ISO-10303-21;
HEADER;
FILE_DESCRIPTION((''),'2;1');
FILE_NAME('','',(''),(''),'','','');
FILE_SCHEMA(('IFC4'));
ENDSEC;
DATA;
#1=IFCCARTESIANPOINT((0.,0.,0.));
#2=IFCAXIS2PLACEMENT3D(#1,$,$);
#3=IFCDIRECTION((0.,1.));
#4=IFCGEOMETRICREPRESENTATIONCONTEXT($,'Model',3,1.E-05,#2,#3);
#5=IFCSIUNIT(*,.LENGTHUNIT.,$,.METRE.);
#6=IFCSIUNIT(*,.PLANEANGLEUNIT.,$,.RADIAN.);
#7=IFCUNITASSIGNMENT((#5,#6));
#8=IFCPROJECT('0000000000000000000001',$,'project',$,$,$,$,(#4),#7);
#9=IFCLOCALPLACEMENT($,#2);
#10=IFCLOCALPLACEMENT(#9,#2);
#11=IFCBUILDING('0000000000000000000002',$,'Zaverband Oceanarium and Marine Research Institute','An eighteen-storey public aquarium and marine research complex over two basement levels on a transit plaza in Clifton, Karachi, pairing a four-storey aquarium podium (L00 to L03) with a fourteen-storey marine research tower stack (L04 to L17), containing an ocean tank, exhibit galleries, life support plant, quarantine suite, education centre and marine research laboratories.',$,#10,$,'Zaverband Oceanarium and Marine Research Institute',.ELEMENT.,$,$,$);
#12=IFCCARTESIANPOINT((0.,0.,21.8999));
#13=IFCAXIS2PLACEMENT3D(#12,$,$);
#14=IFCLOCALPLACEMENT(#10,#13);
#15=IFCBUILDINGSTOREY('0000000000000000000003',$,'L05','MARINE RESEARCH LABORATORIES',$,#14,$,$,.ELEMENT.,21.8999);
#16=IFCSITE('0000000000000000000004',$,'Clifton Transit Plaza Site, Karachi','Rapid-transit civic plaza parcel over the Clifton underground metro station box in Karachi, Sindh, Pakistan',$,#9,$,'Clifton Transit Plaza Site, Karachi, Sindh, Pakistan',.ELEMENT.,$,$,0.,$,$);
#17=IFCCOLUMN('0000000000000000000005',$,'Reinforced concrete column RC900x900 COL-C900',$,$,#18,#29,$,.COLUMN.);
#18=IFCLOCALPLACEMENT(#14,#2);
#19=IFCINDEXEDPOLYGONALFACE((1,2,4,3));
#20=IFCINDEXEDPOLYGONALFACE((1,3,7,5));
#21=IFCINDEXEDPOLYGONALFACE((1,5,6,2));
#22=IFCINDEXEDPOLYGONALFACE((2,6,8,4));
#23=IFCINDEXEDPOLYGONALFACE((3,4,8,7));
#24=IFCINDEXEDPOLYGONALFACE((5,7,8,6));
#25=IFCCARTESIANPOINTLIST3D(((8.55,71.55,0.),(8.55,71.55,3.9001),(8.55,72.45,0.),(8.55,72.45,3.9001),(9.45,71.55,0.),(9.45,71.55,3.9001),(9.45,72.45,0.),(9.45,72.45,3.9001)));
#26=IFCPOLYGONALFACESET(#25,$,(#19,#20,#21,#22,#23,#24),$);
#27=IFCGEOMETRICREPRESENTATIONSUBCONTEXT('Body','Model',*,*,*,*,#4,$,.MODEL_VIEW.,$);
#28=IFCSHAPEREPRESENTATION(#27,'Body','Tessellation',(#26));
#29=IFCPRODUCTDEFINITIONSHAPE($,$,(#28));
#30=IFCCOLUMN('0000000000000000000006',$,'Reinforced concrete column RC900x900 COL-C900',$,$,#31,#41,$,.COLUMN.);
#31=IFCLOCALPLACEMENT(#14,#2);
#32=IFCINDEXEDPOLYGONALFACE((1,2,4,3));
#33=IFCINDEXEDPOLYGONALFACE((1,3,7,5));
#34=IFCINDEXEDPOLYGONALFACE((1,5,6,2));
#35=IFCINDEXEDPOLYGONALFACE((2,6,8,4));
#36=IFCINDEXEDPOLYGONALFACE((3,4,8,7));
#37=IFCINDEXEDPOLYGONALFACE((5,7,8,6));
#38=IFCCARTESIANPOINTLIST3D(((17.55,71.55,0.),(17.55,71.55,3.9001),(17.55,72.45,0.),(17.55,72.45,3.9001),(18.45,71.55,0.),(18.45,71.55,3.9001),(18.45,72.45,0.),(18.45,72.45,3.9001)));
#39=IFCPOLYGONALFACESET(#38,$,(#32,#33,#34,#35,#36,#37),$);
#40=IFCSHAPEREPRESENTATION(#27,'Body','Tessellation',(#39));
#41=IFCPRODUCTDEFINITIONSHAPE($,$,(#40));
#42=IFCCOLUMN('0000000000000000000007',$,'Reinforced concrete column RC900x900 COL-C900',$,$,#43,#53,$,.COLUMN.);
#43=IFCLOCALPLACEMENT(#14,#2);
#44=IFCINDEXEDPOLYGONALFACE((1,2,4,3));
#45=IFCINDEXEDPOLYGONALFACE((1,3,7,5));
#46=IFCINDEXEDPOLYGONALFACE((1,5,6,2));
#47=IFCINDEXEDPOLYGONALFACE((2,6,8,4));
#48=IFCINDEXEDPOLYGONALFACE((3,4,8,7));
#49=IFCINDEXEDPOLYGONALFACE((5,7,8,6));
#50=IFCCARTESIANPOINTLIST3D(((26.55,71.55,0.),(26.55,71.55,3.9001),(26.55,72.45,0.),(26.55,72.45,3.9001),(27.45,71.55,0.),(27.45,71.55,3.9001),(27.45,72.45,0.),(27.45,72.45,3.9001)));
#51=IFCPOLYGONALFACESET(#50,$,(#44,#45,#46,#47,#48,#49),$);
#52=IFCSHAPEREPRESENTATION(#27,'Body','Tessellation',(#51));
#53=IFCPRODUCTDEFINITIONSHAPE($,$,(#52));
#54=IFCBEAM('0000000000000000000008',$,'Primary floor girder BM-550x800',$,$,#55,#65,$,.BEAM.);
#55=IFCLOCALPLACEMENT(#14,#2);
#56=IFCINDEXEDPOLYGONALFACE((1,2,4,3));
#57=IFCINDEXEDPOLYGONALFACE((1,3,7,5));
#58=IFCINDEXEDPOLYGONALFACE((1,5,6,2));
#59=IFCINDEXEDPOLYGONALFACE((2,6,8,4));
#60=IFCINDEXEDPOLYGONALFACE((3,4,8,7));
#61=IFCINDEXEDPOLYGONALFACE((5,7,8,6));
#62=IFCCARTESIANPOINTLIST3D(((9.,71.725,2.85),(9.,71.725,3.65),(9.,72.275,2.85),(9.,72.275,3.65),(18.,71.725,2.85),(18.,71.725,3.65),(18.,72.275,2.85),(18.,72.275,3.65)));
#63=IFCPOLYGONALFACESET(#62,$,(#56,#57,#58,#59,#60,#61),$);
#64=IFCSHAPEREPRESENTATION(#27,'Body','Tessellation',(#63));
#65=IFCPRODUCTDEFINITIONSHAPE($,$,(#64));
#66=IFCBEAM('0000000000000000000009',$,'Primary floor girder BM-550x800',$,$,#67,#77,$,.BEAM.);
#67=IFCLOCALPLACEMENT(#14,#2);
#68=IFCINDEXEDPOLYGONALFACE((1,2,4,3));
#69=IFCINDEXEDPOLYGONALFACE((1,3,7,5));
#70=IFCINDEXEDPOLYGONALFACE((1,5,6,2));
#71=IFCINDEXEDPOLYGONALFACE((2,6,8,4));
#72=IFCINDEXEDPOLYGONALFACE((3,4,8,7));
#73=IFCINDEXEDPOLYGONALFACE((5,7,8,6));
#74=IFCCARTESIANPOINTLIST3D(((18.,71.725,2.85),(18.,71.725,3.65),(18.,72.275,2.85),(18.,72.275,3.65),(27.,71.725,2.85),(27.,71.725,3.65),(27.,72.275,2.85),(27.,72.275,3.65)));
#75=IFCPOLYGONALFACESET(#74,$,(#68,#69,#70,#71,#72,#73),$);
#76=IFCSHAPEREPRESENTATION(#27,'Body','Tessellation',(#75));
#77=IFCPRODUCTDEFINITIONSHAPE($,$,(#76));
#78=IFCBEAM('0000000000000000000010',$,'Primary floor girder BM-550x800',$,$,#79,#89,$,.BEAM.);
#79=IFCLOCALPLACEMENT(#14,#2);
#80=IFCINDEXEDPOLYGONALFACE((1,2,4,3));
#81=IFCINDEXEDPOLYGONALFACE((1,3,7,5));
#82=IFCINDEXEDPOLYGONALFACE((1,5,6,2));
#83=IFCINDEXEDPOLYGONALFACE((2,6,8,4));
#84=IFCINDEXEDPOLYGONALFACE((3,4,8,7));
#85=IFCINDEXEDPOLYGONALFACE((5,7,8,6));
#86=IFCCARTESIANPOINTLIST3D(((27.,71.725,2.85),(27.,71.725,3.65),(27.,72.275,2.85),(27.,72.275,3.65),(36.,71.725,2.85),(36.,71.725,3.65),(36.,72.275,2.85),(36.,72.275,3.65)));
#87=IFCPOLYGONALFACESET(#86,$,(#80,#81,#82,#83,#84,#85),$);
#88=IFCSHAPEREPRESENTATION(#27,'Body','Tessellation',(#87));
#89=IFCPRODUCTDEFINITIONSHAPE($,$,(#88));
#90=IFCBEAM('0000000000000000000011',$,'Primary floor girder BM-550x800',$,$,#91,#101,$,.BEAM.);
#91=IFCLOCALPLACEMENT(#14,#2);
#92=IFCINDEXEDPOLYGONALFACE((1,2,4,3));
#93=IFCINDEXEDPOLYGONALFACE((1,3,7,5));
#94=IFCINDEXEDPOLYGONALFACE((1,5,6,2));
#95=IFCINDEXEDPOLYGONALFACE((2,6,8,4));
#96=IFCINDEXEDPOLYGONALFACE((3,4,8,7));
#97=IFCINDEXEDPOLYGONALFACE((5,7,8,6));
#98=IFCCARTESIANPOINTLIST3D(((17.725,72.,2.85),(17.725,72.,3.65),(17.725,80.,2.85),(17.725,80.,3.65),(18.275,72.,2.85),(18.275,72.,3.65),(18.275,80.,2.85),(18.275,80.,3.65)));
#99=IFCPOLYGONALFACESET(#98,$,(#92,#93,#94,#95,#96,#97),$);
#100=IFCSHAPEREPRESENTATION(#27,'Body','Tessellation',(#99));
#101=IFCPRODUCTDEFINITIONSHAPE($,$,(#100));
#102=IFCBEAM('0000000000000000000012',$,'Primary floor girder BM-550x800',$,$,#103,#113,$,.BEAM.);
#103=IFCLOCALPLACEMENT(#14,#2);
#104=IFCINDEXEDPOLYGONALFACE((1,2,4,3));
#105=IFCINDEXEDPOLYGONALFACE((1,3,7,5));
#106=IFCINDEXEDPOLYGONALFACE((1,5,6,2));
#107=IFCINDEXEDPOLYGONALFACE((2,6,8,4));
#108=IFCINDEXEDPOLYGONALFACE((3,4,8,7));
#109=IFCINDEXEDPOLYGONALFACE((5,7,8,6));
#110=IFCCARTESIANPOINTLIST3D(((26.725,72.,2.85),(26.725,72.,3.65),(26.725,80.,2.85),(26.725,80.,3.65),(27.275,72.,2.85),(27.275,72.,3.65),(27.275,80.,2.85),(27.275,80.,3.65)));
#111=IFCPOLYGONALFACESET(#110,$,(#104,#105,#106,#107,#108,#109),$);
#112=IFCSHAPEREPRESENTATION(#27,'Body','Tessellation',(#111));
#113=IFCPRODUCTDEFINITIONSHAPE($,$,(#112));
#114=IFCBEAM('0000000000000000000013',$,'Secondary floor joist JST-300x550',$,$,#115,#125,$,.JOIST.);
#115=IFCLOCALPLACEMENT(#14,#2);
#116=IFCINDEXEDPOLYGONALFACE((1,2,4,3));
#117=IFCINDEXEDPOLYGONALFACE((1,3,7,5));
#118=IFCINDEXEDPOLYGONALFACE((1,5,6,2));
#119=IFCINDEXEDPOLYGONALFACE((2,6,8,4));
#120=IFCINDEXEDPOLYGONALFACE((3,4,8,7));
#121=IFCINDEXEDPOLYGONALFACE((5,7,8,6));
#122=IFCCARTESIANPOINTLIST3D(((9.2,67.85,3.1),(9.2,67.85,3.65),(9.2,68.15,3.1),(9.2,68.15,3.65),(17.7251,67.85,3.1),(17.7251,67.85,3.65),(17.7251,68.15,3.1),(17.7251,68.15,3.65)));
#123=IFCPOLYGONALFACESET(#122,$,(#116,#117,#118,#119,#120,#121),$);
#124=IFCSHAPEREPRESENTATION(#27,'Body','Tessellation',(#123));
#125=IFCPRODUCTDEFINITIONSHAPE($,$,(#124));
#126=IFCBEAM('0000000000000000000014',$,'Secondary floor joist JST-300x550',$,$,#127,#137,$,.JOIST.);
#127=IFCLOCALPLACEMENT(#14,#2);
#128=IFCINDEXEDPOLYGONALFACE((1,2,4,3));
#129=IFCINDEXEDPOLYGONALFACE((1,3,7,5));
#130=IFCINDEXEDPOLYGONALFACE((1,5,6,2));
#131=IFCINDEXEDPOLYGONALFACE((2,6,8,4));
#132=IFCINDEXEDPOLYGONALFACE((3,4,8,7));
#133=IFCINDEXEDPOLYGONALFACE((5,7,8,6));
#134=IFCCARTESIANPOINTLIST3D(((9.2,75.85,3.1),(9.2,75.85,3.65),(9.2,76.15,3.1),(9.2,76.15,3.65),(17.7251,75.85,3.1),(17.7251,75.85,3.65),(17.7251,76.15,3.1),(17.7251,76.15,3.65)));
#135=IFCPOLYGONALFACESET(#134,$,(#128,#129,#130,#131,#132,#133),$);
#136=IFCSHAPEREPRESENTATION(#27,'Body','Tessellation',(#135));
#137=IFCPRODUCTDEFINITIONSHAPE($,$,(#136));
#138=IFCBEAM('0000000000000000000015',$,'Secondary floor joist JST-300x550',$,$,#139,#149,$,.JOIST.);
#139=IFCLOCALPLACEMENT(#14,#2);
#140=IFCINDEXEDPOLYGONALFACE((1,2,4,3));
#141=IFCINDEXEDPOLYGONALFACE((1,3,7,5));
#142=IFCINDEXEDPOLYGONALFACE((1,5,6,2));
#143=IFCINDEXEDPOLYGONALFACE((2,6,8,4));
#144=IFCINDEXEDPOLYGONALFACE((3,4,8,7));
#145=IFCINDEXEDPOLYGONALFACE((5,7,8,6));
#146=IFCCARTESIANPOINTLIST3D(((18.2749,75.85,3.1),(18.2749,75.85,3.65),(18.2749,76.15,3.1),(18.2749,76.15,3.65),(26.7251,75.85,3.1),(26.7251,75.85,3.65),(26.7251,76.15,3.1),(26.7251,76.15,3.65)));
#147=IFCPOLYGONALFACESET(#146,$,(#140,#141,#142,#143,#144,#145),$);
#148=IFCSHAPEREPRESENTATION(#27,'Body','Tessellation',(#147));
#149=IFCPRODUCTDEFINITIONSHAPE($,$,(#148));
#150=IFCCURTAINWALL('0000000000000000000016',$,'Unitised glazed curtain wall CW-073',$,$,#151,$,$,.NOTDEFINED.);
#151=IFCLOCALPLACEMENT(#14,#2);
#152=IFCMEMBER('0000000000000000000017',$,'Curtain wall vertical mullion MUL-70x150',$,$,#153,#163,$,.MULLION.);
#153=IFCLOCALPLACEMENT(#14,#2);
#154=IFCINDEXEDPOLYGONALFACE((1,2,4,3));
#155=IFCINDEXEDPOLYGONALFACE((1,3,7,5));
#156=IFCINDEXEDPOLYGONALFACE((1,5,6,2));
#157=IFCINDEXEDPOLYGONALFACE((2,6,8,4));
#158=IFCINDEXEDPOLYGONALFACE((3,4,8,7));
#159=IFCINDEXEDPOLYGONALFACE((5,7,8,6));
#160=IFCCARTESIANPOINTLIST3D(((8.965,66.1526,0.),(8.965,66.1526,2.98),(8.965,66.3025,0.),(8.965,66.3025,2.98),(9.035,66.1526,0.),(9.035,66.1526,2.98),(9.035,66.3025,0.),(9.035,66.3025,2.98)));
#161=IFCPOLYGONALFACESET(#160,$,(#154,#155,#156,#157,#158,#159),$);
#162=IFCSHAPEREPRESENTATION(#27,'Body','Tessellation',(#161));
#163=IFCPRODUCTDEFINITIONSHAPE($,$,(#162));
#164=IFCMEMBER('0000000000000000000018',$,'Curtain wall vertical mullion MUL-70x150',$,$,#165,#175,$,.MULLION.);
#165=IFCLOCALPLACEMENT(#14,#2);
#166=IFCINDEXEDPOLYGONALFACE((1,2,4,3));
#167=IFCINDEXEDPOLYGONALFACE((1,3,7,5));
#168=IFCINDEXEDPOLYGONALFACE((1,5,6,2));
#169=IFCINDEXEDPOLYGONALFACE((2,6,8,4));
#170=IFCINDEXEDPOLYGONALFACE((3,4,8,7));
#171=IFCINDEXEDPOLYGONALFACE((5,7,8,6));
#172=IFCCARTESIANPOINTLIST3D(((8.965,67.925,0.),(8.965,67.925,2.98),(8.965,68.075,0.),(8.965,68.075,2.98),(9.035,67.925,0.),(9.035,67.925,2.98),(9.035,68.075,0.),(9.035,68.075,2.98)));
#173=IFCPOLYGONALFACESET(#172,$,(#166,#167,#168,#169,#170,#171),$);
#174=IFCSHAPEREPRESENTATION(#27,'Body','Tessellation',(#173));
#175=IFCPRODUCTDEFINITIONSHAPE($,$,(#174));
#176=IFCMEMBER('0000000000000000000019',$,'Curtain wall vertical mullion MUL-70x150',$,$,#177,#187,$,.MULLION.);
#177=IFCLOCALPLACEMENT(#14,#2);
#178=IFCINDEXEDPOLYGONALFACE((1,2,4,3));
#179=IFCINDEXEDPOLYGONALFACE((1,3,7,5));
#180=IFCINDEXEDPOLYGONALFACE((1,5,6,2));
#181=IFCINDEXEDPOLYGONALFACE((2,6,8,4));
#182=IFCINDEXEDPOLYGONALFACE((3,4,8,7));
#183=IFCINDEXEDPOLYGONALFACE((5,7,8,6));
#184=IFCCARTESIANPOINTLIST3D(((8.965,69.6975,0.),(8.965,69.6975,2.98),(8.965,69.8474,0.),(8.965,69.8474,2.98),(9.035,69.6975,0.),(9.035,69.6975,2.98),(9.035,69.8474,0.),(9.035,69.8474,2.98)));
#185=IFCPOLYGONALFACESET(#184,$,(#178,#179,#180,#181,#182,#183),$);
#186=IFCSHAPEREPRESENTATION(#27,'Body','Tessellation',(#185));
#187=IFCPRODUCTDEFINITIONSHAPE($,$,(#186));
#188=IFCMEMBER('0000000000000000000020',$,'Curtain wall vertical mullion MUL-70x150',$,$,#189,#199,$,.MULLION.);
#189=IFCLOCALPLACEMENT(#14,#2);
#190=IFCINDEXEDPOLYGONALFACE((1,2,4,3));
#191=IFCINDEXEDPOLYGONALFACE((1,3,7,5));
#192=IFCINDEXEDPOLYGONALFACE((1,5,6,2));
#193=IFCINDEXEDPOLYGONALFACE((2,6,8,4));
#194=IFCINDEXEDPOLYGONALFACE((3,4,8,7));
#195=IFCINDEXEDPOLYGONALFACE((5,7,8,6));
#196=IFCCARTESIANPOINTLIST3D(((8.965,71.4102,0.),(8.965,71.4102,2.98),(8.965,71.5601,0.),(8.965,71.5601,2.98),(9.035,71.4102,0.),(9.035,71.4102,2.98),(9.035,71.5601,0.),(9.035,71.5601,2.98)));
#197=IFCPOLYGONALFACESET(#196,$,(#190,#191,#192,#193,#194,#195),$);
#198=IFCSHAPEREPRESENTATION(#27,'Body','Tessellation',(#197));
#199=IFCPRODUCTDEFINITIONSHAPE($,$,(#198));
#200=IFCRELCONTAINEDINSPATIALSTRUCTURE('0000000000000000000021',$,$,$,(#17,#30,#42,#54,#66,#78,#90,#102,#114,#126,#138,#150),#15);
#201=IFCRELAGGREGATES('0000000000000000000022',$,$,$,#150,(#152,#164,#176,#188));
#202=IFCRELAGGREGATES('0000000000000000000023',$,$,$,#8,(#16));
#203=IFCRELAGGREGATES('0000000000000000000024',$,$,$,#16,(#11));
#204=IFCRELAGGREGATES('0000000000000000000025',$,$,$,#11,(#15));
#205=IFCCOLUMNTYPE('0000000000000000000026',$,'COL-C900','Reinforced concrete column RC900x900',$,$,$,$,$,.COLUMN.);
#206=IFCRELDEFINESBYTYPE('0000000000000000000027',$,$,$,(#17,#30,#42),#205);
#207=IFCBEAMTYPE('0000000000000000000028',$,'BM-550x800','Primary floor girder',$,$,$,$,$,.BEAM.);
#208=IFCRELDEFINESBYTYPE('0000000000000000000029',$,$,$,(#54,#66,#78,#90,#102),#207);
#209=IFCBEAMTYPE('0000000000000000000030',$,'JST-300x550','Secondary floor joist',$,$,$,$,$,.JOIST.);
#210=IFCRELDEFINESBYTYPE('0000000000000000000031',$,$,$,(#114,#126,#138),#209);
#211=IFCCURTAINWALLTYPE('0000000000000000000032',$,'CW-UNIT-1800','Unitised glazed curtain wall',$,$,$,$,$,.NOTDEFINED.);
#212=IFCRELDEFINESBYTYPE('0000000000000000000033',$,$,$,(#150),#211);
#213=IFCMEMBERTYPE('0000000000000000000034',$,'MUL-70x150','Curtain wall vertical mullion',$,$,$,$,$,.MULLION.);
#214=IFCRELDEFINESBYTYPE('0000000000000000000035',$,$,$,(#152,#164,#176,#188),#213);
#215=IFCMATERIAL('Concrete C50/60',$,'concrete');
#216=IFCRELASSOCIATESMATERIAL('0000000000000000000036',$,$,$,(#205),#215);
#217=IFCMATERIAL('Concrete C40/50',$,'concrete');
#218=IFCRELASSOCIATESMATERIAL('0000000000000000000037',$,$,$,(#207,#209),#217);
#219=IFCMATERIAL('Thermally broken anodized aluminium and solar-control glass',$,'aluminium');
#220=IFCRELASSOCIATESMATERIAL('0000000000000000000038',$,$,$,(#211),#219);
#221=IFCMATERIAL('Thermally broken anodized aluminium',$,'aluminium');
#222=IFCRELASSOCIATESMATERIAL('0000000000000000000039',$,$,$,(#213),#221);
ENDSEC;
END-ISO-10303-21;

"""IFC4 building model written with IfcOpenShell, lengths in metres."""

from ifc_helpers import new_model, si_unit, direction, frame, origin, origin_2d, place, context, subcontext, project, spatial, rectangle, extrude, material, material_profile, profile_set, type_object, element, aggregate, save


model = new_model("IFC4")

# Units and contexts
model_context = context("Model", 3, precision=1e-05, world=origin(), true_north=direction((0.0, 1.0)))
body_context = subcontext(model_context, "Body", "Model", "MODEL_VIEW")
ifc_project = project(units=[si_unit("LENGTHUNIT", "METRE"), si_unit("PLANEANGLEUNIT", "RADIAN")], contexts=[model_context])

# Site, building, storey
site_placement = place(None, origin())
site = spatial("IfcSite", under=ifc_project, at=site_placement, Name="Clifton Transit Plaza Site, Karachi", Description="Rapid-transit civic plaza parcel over the Clifton underground metro station box in Karachi, Sindh, Pakistan", LongName="Clifton Transit Plaza Site, Karachi, Sindh, Pakistan", CompositionType="ELEMENT", RefElevation=0.0)
building_placement = place(site_placement, origin())
building = spatial("IfcBuilding", under=site, at=building_placement, Name="Zaverband Oceanarium and Marine Research Institute", Description="An eighteen-storey public aquarium and marine research complex over two basement levels on a transit plaza in Clifton, Karachi, pairing a four-storey aquarium podium (L00 to L03) with a fourteen-storey marine research tower stack (L04 to L17), containing an ocean tank, exhibit galleries, life support plant, quarantine suite, education centre and marine research laboratories.", LongName="Zaverband Oceanarium and Marine Research Institute", CompositionType="ELEMENT")
storey_placement = place(building_placement, frame((0.0, 0.0, 21.8999)))
storey = spatial("IfcBuildingStorey", under=building, at=storey_placement, Name="L05", Description="MARINE RESEARCH LABORATORIES", CompositionType="ELEMENT", Elevation=21.8999)

# Columns
ifc_material_1 = material(Name="Concrete C50/60", Category="concrete")
ifc_material_profile_1 = material_profile(ifc_material_1, rectangle(XDim=0.8999, YDim=0.8999, at=origin_2d()), Name="RC900x900")
ifc_profile_set_1 = profile_set([ifc_material_profile_1], Name="Concrete C50/60")
column_type = type_object("IfcColumnType", Name="COL-C900", Description="Reinforced concrete column RC900x900", PredefinedType="COLUMN", material=ifc_profile_set_1)
for number, where, z_axis, x_axis, name in (
    (1, (9.0, 72.0, 0.0), (0.0, 0.0, 1.0), (1.0, 0.0, 0.0), "Reinforced concrete column RC900x900 COL-C900"),
    (2, (18.0, 72.0, 0.0), (0.0, 0.0, 1.0), (1.0, 0.0, 0.0), "Reinforced concrete column RC900x900 COL-C900"),
    (3, (27.0, 72.0, 0.0), (0.0, 0.0, 1.0), (1.0, 0.0, 0.0), "Reinforced concrete column RC900x900 COL-C900"),
):
    element("IfcColumn", number, at=place(storey_placement, frame(where, z_axis=z_axis, x_axis=x_axis)), inside=storey, type_object=column_type, Name=name, PredefinedType="COLUMN", context=body_context, shape_type="SweptSolid", body=[
        extrude(rectangle(XDim=0.8999, YDim=0.8999, at=origin_2d()), origin(), (0.0, 0.0, 1.0), 3.9001),
    ])

# Beams
ifc_material_2 = material(Name="Concrete C40/50", Category="concrete")
ifc_material_profile_2 = material_profile(ifc_material_2, rectangle(XDim=0.55, YDim=0.8, at=origin_2d()), Name="RC550x800")
ifc_profile_set_2 = profile_set([ifc_material_profile_2], Name="Concrete C40/50")
beam_type_1 = type_object("IfcBeamType", Name="BM-550x800", Description="Primary floor girder", PredefinedType="BEAM", material=ifc_profile_set_2)
for number, where, z_axis, x_axis, name in (
    (4, (9.0, 72.0, 3.25), (1.0, 0.0, 0.0), (0.0, 1.0, 0.0), "Primary floor girder BM-550x800"),
    (5, (18.0, 72.0, 3.25), (1.0, 0.0, 0.0), (0.0, 1.0, 0.0), "Primary floor girder BM-550x800"),
    (6, (27.0, 72.0, 3.25), (1.0, 0.0, 0.0), (0.0, 1.0, 0.0), "Primary floor girder BM-550x800"),
):
    element("IfcBeam", number, at=place(storey_placement, frame(where, z_axis=z_axis, x_axis=x_axis)), inside=storey, type_object=beam_type_1, Name=name, PredefinedType="BEAM", context=body_context, shape_type="SweptSolid", body=[
        extrude(rectangle(XDim=0.55, YDim=0.8, at=origin_2d()), origin(), (0.0, 0.0, 1.0), 9.0),
    ])
for number, where, z_axis, x_axis, name in (
    (7, (18.0, 72.0, 3.25), (0.0, 1.0, 0.0), (-1.0, 0.0, 0.0), "Primary floor girder BM-550x800"),
    (8, (27.0, 72.0, 3.25), (0.0, 1.0, 0.0), (-1.0, 0.0, 0.0), "Primary floor girder BM-550x800"),
):
    element("IfcBeam", number, at=place(storey_placement, frame(where, z_axis=z_axis, x_axis=x_axis)), inside=storey, type_object=beam_type_1, Name=name, PredefinedType="BEAM", context=body_context, shape_type="SweptSolid", body=[
        extrude(rectangle(XDim=0.55, YDim=0.8, at=origin_2d()), origin(), (0.0, 0.0, 1.0), 8.0),
    ])
ifc_material_profile_3 = material_profile(ifc_material_2, rectangle(XDim=0.3, YDim=0.55, at=origin_2d()), Name="RC300x550")
ifc_profile_set_3 = profile_set([ifc_material_profile_3], Name="Concrete C40/50")
beam_type_2 = type_object("IfcBeamType", Name="JST-300x550", Description="Secondary floor joist", PredefinedType="JOIST", material=ifc_profile_set_3)
for number, where, z_axis, x_axis, name in (
    (9, (9.2, 68.0, 3.375), (1.0, 0.0, 0.0), (0.0, 1.0, 0.0), "Secondary floor joist JST-300x550"),
    (10, (9.2, 76.0, 3.375), (1.0, 0.0, 0.0), (0.0, 1.0, 0.0), "Secondary floor joist JST-300x550"),
):
    element("IfcBeam", number, at=place(storey_placement, frame(where, z_axis=z_axis, x_axis=x_axis)), inside=storey, type_object=beam_type_2, Name=name, PredefinedType="JOIST", context=body_context, shape_type="SweptSolid", body=[
        extrude(rectangle(XDim=0.3, YDim=0.55, at=origin_2d()), origin(), (0.0, 0.0, 1.0), 8.5251),
    ])
beam_1_placement = place(storey_placement, frame((18.2749, 76.0, 3.375), z_axis=(1.0, 0.0, 0.0), x_axis=(0.0, 1.0, 0.0)))
element("IfcBeam", 11, at=beam_1_placement, inside=storey, type_object=beam_type_2, Name="Secondary floor joist JST-300x550", PredefinedType="JOIST", context=body_context, shape_type="SweptSolid", body=[
    extrude(rectangle(XDim=0.3, YDim=0.55, at=origin_2d()), origin(), (0.0, 0.0, 1.0), 8.4502),
])

# Curtain wall, members
ifc_material_3 = material(Name="Thermally broken anodized aluminium and solar-control glass", Category="aluminium")
curtain_wall_type = type_object("IfcCurtainWallType", Name="CW-UNIT-1800", Description="Unitised glazed curtain wall", PredefinedType="NOTDEFINED", material=ifc_material_3)
curtain_wall_placement = place(storey_placement, origin())
curtain_wall = element("IfcCurtainWall", 12, at=curtain_wall_placement, inside=storey, type_object=curtain_wall_type, Name="Unitised glazed curtain wall CW-073", PredefinedType="NOTDEFINED")
ifc_material_4 = material(Name="Thermally broken anodized aluminium", Category="aluminium")
ifc_material_profile_4 = material_profile(ifc_material_4, rectangle(XDim=0.0701, YDim=0.1499, at=origin_2d()), Name="AL-MUL-70x150")
ifc_profile_set_4 = profile_set([ifc_material_profile_4], Name="Thermally broken anodized aluminium")
member_type = type_object("IfcMemberType", Name="MUL-70x150", Description="Curtain wall vertical mullion", PredefinedType="MULLION", material=ifc_profile_set_4)
member_1_placement = place(storey_placement, frame((9.0, 66.2275, 0.0), z_axis=(0.0, 0.0, 1.0), x_axis=(1.0, 0.0, 0.0)))
member_1 = element("IfcMember", 13, at=member_1_placement, type_object=member_type, Name="Curtain wall vertical mullion MUL-70x150", PredefinedType="MULLION", context=body_context, shape_type="SweptSolid", body=[
    extrude(rectangle(XDim=0.0701, YDim=0.1499, at=origin_2d()), origin(), (0.0, 0.0, 1.0), 2.98),
])
member_2_placement = place(storey_placement, frame((9.0, 68.0, 0.0), z_axis=(0.0, 0.0, 1.0), x_axis=(1.0, 0.0, 0.0)))
member_2 = element("IfcMember", 14, at=member_2_placement, type_object=member_type, Name="Curtain wall vertical mullion MUL-70x150", PredefinedType="MULLION", context=body_context, shape_type="SweptSolid", body=[
    extrude(rectangle(XDim=0.0701, YDim=0.1499, at=origin_2d()), origin(), (0.0, 0.0, 1.0), 2.98),
])
member_3_placement = place(storey_placement, frame((9.0, 69.7725, 0.0), z_axis=(0.0, 0.0, 1.0), x_axis=(1.0, 0.0, 0.0)))
member_3 = element("IfcMember", 15, at=member_3_placement, type_object=member_type, Name="Curtain wall vertical mullion MUL-70x150", PredefinedType="MULLION", context=body_context, shape_type="SweptSolid", body=[
    extrude(rectangle(XDim=0.0701, YDim=0.1499, at=origin_2d()), origin(), (0.0, 0.0, 1.0), 2.98),
])
member_4_placement = place(storey_placement, frame((9.0, 71.4851, 0.0), z_axis=(0.0, 0.0, 1.0), x_axis=(1.0, 0.0, 0.0)))
member_4 = element("IfcMember", 16, at=member_4_placement, type_object=member_type, Name="Curtain wall vertical mullion MUL-70x150", PredefinedType="MULLION", context=body_context, shape_type="SweptSolid", body=[
    extrude(rectangle(XDim=0.0701, YDim=0.1499, at=origin_2d()), origin(), (0.0, 0.0, 1.0), 2.98),
])

aggregate(curtain_wall, [member_1, member_2, member_3, member_4])

save(model, "model.ifc")
